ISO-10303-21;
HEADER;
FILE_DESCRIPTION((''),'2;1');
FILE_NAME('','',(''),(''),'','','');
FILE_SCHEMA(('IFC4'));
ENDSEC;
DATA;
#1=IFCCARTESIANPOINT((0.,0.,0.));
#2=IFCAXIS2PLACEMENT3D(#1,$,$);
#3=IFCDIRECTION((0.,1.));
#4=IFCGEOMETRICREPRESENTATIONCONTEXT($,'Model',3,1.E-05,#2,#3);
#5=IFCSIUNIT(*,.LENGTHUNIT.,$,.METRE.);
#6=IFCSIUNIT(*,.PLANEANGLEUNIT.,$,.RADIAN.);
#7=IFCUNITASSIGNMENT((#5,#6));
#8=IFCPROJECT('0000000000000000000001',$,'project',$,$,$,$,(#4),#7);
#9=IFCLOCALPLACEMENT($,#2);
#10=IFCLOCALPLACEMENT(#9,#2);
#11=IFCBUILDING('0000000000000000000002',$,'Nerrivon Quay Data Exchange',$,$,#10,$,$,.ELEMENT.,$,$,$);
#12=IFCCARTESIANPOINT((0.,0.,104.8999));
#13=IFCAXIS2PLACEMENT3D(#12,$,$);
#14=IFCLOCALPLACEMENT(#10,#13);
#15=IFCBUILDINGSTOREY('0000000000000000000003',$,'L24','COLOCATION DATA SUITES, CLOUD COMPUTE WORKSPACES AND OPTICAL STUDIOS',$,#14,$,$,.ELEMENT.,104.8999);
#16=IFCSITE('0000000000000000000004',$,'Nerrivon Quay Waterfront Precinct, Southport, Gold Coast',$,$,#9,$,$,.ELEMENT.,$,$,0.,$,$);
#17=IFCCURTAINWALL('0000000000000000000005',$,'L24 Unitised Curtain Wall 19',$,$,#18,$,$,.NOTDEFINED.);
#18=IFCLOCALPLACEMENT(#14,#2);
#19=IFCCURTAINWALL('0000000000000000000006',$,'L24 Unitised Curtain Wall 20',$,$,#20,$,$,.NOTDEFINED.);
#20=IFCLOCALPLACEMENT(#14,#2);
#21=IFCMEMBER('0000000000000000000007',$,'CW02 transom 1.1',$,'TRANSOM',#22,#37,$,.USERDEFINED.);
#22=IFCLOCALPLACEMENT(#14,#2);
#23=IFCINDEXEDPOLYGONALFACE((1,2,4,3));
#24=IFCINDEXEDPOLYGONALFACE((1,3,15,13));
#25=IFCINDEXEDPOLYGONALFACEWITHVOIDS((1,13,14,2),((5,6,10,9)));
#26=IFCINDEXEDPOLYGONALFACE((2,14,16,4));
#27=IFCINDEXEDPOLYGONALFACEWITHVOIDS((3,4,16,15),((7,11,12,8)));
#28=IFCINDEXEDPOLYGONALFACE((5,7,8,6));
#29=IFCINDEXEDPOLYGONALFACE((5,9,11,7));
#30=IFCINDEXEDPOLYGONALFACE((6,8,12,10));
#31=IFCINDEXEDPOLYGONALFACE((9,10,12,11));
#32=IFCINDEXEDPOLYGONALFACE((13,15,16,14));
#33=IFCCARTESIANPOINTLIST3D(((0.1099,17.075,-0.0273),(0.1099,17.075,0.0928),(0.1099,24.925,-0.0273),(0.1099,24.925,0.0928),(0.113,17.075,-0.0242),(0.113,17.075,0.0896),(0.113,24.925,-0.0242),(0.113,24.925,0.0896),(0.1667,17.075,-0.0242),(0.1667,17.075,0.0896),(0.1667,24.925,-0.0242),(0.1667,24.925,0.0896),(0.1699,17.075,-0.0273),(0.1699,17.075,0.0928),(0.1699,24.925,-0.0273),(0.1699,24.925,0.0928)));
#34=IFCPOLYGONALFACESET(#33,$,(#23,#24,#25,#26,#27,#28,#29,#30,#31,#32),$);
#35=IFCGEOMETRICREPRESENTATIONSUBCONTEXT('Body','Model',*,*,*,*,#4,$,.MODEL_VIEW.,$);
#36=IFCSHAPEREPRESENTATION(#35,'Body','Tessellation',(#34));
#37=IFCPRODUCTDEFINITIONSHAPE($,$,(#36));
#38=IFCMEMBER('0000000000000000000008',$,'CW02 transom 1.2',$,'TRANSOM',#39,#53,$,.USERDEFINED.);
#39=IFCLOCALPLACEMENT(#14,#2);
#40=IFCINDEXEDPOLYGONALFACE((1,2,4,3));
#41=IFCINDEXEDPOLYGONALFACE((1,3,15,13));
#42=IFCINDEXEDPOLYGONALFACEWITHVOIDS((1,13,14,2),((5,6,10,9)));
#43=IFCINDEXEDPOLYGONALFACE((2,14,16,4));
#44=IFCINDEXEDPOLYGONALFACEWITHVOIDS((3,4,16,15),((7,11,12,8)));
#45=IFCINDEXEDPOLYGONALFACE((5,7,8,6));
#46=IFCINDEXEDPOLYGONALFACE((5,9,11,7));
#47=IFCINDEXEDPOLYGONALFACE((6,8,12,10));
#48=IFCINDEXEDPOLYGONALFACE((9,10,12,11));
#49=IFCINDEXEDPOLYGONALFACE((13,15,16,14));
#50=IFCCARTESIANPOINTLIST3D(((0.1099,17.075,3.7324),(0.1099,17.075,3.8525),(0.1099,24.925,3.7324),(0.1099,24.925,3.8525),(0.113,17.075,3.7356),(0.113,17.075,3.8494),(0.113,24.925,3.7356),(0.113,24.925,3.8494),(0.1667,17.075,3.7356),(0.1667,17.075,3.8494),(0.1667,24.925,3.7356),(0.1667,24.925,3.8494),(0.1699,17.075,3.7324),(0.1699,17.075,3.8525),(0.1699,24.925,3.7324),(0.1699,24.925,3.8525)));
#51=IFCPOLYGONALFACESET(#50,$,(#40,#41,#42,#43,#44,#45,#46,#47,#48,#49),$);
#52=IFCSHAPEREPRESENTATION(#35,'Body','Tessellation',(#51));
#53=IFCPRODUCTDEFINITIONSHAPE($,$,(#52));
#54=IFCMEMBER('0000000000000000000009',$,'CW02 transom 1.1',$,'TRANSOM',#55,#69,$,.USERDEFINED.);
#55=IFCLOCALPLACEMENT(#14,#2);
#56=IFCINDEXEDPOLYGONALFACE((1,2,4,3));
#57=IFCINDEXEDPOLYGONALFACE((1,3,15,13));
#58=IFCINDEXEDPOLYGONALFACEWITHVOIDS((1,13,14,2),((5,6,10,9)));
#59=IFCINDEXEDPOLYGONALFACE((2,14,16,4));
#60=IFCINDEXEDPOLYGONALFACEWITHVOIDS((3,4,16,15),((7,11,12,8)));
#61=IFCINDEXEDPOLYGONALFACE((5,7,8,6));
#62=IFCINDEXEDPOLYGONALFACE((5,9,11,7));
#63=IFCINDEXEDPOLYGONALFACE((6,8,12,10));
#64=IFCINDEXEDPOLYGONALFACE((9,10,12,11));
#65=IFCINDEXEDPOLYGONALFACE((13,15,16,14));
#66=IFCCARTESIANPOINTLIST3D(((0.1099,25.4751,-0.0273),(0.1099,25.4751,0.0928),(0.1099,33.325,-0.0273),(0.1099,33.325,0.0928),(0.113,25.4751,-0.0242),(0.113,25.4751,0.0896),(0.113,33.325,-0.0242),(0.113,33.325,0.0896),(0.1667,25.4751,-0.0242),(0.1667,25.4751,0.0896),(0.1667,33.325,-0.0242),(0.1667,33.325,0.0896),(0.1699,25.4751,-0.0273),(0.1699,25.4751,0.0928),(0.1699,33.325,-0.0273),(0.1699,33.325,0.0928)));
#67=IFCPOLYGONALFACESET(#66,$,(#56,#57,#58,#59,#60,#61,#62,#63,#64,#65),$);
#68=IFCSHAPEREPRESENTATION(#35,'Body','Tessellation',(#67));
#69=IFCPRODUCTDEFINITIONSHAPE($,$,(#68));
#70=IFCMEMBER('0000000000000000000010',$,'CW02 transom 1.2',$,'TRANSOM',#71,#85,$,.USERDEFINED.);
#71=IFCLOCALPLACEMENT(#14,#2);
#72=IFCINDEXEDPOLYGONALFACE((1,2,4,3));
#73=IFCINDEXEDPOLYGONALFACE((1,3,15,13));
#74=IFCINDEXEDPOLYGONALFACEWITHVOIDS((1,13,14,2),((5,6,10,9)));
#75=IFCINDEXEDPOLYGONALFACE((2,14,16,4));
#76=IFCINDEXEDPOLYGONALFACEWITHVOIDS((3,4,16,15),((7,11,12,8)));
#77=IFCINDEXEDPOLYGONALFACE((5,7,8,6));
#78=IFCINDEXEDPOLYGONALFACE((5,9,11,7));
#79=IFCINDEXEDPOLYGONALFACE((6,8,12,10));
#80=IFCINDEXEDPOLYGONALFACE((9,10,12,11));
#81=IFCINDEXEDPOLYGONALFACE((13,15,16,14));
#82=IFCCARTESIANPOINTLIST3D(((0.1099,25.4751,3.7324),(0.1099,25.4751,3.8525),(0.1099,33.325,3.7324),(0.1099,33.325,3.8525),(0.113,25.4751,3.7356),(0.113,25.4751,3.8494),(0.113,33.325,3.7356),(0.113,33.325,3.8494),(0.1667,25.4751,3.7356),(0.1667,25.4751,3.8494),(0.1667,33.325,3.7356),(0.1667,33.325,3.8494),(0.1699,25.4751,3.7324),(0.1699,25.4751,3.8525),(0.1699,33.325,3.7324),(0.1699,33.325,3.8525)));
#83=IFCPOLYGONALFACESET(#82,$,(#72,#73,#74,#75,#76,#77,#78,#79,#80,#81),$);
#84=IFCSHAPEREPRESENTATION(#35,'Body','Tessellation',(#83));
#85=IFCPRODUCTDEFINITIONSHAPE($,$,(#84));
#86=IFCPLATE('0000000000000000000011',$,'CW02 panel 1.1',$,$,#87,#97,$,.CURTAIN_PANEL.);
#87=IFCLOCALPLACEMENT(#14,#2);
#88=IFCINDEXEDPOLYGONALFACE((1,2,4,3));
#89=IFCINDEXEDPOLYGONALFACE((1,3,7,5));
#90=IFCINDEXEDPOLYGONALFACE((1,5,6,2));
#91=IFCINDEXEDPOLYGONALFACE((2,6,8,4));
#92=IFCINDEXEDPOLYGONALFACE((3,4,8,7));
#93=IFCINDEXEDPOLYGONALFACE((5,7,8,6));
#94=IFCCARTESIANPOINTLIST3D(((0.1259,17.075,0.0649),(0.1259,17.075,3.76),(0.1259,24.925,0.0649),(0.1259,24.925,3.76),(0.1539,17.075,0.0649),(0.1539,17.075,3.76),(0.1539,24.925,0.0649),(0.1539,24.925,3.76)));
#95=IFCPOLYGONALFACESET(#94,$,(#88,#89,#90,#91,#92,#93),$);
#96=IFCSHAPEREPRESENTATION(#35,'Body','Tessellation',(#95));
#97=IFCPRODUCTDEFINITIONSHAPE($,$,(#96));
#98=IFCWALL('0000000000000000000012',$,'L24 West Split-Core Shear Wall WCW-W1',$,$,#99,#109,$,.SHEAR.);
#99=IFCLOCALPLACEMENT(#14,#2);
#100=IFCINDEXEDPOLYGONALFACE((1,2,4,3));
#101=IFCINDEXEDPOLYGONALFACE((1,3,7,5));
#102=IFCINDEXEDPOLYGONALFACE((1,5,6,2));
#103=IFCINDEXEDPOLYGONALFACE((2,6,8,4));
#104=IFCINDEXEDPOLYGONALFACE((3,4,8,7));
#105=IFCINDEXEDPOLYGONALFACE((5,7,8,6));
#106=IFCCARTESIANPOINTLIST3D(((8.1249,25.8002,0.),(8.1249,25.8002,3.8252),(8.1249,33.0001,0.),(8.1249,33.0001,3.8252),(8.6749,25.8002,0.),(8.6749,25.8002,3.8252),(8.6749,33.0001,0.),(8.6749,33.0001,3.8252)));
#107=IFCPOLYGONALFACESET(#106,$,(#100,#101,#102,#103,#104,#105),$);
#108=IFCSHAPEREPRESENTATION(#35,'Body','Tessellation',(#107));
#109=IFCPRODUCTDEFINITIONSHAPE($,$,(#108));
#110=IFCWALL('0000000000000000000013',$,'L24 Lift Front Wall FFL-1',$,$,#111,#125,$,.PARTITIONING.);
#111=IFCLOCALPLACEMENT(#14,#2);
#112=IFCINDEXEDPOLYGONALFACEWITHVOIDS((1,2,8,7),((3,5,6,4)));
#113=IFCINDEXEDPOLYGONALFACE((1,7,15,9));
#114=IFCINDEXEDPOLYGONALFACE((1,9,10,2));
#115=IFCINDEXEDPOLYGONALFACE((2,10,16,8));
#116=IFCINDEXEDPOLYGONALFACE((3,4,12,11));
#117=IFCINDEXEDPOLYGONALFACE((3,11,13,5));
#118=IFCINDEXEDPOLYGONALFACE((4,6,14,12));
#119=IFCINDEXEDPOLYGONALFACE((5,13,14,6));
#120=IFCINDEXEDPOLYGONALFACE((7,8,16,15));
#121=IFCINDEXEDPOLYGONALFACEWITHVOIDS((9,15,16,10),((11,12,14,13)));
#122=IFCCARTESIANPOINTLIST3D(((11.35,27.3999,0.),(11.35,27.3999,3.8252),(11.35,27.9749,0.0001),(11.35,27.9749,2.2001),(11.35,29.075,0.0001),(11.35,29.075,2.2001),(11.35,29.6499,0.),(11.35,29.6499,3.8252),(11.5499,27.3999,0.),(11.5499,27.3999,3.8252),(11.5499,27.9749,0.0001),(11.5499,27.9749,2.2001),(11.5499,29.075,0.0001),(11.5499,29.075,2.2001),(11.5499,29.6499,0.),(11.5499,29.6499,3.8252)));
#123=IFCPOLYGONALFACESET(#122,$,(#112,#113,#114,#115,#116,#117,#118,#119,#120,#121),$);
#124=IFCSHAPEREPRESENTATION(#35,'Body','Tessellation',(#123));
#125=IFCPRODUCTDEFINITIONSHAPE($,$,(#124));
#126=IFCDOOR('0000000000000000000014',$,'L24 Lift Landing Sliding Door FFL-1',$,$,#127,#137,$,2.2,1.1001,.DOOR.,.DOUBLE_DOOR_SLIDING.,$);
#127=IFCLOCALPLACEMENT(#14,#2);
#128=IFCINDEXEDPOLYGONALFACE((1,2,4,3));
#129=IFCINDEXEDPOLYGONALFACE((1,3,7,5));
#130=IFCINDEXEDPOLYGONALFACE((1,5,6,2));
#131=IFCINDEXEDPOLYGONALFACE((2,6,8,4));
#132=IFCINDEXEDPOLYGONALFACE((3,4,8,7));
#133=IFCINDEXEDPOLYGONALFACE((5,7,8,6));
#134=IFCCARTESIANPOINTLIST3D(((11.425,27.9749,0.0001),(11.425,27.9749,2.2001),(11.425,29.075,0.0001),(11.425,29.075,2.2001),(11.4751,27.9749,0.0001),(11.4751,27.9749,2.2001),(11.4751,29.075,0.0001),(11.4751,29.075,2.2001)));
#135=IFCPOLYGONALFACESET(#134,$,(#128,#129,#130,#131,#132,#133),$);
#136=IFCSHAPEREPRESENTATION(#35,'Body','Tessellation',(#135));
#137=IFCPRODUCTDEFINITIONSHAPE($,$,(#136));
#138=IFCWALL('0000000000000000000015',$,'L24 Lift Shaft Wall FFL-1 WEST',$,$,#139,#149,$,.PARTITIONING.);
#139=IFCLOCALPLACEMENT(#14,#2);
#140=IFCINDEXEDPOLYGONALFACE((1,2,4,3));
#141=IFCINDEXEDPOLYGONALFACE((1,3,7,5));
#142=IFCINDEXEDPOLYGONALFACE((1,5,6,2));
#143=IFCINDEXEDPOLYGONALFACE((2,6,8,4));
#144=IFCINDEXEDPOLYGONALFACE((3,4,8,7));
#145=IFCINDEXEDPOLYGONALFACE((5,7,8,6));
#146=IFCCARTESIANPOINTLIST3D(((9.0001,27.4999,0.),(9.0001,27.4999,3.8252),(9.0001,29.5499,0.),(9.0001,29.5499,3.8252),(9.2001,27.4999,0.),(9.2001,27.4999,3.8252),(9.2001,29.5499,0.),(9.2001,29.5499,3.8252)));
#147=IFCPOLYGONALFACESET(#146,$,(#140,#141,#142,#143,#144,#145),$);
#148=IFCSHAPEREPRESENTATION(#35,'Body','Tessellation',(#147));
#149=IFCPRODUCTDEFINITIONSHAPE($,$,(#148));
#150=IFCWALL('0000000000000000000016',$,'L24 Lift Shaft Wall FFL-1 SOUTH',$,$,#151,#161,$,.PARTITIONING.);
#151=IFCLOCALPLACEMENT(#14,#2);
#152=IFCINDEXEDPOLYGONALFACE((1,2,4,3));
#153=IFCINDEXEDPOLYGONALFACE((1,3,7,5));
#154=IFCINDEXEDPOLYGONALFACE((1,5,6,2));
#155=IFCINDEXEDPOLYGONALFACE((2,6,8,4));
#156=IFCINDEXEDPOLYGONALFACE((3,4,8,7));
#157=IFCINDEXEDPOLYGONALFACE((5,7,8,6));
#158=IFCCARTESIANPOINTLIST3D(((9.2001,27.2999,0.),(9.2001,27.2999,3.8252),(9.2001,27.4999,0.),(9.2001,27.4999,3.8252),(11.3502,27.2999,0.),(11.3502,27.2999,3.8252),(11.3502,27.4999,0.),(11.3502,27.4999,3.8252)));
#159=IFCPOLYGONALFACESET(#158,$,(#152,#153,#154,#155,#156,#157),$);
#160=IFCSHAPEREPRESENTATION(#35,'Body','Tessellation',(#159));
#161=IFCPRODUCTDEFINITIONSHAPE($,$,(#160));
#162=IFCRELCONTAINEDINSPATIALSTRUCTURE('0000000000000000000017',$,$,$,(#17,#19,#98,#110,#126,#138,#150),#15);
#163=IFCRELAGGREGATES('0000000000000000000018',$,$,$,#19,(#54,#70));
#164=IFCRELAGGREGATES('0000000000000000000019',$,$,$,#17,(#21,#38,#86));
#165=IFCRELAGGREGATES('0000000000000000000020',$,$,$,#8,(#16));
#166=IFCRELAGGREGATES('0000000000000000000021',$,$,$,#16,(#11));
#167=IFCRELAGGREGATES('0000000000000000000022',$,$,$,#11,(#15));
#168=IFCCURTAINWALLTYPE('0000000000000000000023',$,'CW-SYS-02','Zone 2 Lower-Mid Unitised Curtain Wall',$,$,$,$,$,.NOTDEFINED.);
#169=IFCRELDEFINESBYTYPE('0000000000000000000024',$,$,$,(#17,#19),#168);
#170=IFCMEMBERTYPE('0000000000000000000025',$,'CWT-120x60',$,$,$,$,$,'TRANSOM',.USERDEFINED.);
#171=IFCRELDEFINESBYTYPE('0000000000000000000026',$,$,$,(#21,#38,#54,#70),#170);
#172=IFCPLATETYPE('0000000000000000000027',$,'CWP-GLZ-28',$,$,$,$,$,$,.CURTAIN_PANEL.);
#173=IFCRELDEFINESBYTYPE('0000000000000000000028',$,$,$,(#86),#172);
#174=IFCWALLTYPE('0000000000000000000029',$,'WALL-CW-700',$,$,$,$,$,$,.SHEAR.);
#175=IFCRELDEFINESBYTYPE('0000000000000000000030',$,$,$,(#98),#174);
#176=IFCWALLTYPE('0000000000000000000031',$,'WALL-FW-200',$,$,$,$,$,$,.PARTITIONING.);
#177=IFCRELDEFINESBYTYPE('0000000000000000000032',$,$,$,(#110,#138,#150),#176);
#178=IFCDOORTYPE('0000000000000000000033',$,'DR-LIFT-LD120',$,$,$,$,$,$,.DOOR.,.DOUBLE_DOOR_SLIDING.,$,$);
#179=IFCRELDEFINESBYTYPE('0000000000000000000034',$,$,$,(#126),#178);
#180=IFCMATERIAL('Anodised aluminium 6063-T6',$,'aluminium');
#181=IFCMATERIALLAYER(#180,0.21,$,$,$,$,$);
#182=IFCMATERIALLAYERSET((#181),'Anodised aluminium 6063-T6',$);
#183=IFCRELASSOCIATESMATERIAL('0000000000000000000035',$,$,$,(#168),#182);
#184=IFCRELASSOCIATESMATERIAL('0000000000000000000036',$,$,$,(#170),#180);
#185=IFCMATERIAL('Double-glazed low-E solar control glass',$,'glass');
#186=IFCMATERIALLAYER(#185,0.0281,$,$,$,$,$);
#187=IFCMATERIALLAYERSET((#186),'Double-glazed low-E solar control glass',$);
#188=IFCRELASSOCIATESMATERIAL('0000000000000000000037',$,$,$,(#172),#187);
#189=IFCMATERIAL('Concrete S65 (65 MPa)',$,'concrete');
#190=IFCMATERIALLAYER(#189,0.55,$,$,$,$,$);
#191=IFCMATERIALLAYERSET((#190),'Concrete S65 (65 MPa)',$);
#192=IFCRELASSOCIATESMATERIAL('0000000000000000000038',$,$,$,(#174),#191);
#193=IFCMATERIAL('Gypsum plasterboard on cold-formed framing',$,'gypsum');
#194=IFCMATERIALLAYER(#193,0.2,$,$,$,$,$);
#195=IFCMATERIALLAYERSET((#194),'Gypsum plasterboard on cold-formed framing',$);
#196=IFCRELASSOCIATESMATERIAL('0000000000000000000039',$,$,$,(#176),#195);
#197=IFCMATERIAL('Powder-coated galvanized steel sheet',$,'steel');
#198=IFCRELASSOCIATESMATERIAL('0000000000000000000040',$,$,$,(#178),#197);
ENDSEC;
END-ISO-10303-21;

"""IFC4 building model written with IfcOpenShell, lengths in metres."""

from ifc_helpers import new_model, si_unit, direction, frame, frame_2d, origin, origin_2d, place, context, subcontext, project, spatial, rectangle, hollow_rectangle, extrude, material, layer, layer_set, material_profile, profile_set, type_object, element, fill, aggregate, save


model = new_model("IFC4")

# Units and contexts
model_context = context("Model", 3, precision=1e-05, world=origin(), true_north=direction((0.0, 1.0)))
body_context = subcontext(model_context, "Body", "Model", "MODEL_VIEW")
ifc_project = project(units=[si_unit("LENGTHUNIT", "METRE"), si_unit("PLANEANGLEUNIT", "RADIAN")], contexts=[model_context])

# Site, building, storey
site_placement = place(None, origin())
site = spatial("IfcSite", under=ifc_project, at=site_placement, Name="Nerrivon Quay Waterfront Precinct, Southport, Gold Coast", CompositionType="ELEMENT", RefElevation=0.0)
building_placement = place(site_placement, origin())
building = spatial("IfcBuilding", under=site, at=building_placement, Name="Nerrivon Quay Data Exchange", CompositionType="ELEMENT")
storey_placement = place(building_placement, frame((0.0, 0.0, 104.8999)))
storey = spatial("IfcBuildingStorey", under=building, at=storey_placement, Name="L24", Description="COLOCATION DATA SUITES, CLOUD COMPUTE WORKSPACES AND OPTICAL STUDIOS", CompositionType="ELEMENT", Elevation=104.8999)

# Shared definitions
ifc_material_1 = material(Name="Concrete S65 (65 MPa)", Category="concrete")

# Curtain walls
ifc_material_2 = material(Name="Anodised aluminium 6063-T6", Category="aluminium")
ifc_layer_1 = layer(ifc_material_2, 0.21)
ifc_layer_set_1 = layer_set([ifc_layer_1], Name="Anodised aluminium 6063-T6")
curtain_wall_type = type_object("IfcCurtainWallType", Name="CW-SYS-02", Description="Zone 2 Lower-Mid Unitised Curtain Wall", PredefinedType="NOTDEFINED", material=ifc_layer_set_1)
curtain_wall_1_placement = place(storey_placement, origin())
curtain_wall_1 = element("IfcCurtainWall", 1, at=curtain_wall_1_placement, inside=storey, type_object=curtain_wall_type, Name="L24 Unitised Curtain Wall 19", PredefinedType="NOTDEFINED")
curtain_wall_2_placement = place(storey_placement, origin())
curtain_wall_2 = element("IfcCurtainWall", 2, at=curtain_wall_2_placement, inside=storey, type_object=curtain_wall_type, Name="L24 Unitised Curtain Wall 20", PredefinedType="NOTDEFINED")

# Members
ifc_material_profile_1 = material_profile(ifc_material_2, hollow_rectangle(XDim=0.0601, YDim=0.1201, WallThickness=0.0032, at=origin_2d()), Name="ALU-TRAN-120x60")
ifc_profile_set_1 = profile_set([ifc_material_profile_1], Name="Anodised aluminium 6063-T6")
member_type_1 = type_object("IfcMemberType", Name="CWT-120x60", ElementType="TRANSOM", PredefinedType="USERDEFINED", material=ifc_profile_set_1)
member_1_placement = place(storey_placement, frame((0.1399, 17.075, 0.0327), z_axis=(0.0, 1.0, 0.0), x_axis=(-1.0, 0.0, 0.0)))
member_1 = element("IfcMember", 3, at=member_1_placement, type_object=member_type_1, Name="CW02 transom 1.1", ObjectType="TRANSOM", PredefinedType="USERDEFINED", context=body_context, shape_type="SweptSolid", body=[
    extrude(hollow_rectangle(XDim=0.0601, YDim=0.1201, WallThickness=0.0032, at=origin_2d()), origin(), (0.0, 0.0, 1.0), 7.8501),
])
member_2_placement = place(storey_placement, frame((0.1399, 17.075, 3.7925), z_axis=(0.0, 1.0, 0.0), x_axis=(-1.0, 0.0, 0.0)))
member_2 = element("IfcMember", 4, at=member_2_placement, type_object=member_type_1, Name="CW02 transom 1.2", ObjectType="TRANSOM", PredefinedType="USERDEFINED", context=body_context, shape_type="SweptSolid", body=[
    extrude(hollow_rectangle(XDim=0.0601, YDim=0.1201, WallThickness=0.0032, at=origin_2d()), origin(), (0.0, 0.0, 1.0), 7.8501),
])
member_3_placement = place(storey_placement, frame((0.1399, 25.4751, 0.0327), z_axis=(0.0, 1.0, 0.0), x_axis=(-1.0, 0.0, 0.0)))
member_3 = element("IfcMember", 5, at=member_3_placement, type_object=member_type_1, Name="CW02 transom 1.1", ObjectType="TRANSOM", PredefinedType="USERDEFINED", context=body_context, shape_type="SweptSolid", body=[
    extrude(hollow_rectangle(XDim=0.0601, YDim=0.1201, WallThickness=0.0032, at=origin_2d()), origin(), (0.0, 0.0, 1.0), 7.8499),
])
member_4_placement = place(storey_placement, frame((0.1399, 25.4751, 3.7925), z_axis=(0.0, 1.0, 0.0), x_axis=(-1.0, 0.0, 0.0)))
member_4 = element("IfcMember", 6, at=member_4_placement, type_object=member_type_1, Name="CW02 transom 1.2", ObjectType="TRANSOM", PredefinedType="USERDEFINED", context=body_context, shape_type="SweptSolid", body=[
    extrude(hollow_rectangle(XDim=0.0601, YDim=0.1201, WallThickness=0.0032, at=origin_2d()), origin(), (0.0, 0.0, 1.0), 7.8499),
])
aggregate(curtain_wall_2, [member_3, member_4])

# Plate
ifc_material_3 = material(Name="Double-glazed low-E solar control glass", Category="glass")
ifc_layer_2 = layer(ifc_material_3, 0.0281)
ifc_layer_set_2 = layer_set([ifc_layer_2], Name="Double-glazed low-E solar control glass")
plate_type = type_object("IfcPlateType", Name="CWP-GLZ-28", PredefinedType="CURTAIN_PANEL", material=ifc_layer_set_2)
plate_placement = place(storey_placement, frame((0.1399, 21.0, 0.0649), z_axis=(0.0, 0.0, 1.0), x_axis=(0.0, 1.0, 0.0)))
plate = element("IfcPlate", 7, at=plate_placement, type_object=plate_type, Name="CW02 panel 1.1", PredefinedType="CURTAIN_PANEL", context=body_context, shape_type="SweptSolid", body=[
    extrude(rectangle(XDim=7.8501, YDim=0.0281, at=origin_2d()), origin(), (0.0, 0.0, 1.0), 3.6951),
])
aggregate(curtain_wall_1, [member_1, member_2, plate])

# Wall
ifc_layer_3 = layer(ifc_material_1, 0.55)
ifc_layer_set_3 = layer_set([ifc_layer_3], Name="Concrete S65 (65 MPa)")
wall_type_1 = type_object("IfcWallType", Name="WALL-CW-700", PredefinedType="SHEAR", material=ifc_layer_set_3)
wall_1_placement = place(storey_placement, frame((8.3999, 25.8, 0.0), z_axis=(0.0, 0.0, 1.0), x_axis=(0.0, 1.0, 0.0)))
element("IfcWall", 8, at=wall_1_placement, inside=storey, type_object=wall_type_1, Name="L24 West Split-Core Shear Wall WCW-W1", PredefinedType="SHEAR", context=body_context, shape_type="SweptSolid", body=[
    extrude(rectangle(XDim=7.2, YDim=0.55, at=frame_2d((3.6001, 0.0))), origin(), (0.0, 0.0, 1.0), 3.8252),
])

# Wall, opening, door
ifc_material_4 = material(Name="Powder-coated galvanized steel sheet", Category="steel")
ifc_material_5 = material(Name="Gypsum plasterboard on cold-formed framing", Category="gypsum")
ifc_layer_4 = layer(ifc_material_5, 0.2)
ifc_layer_set_4 = layer_set([ifc_layer_4], Name="Gypsum plasterboard on cold-formed framing")
wall_type_2 = type_object("IfcWallType", Name="WALL-FW-200", PredefinedType="PARTITIONING", material=ifc_layer_set_4)
wall_2_placement = place(storey_placement, frame((11.45, 27.3999, 0.0), z_axis=(0.0, 0.0, 1.0), x_axis=(0.0, 1.0, 0.0)))
wall_2 = element("IfcWall", 9, at=wall_2_placement, inside=storey, type_object=wall_type_2, Name="L24 Lift Front Wall FFL-1", PredefinedType="PARTITIONING", context=body_context, shape_type="SweptSolid", body=[
    extrude(rectangle(XDim=2.25, YDim=0.2, at=frame_2d((1.125, 0.0))), origin(), (0.0, 0.0, 1.0), 3.8252),
])
opening_1_placement = place(wall_2_placement, frame((0.575, 0.0, 0.0)))
opening_1 = element("IfcOpeningElement", 10, at=opening_1_placement, cuts=wall_2, PredefinedType="OPENING", context=body_context, shape_type="SweptSolid", body=[
    extrude(rectangle(XDim=1.1001, YDim=2.2, at=frame_2d((0.55, 1.1001))), frame((0.0, 0.1099, 0.0), z_axis=(0.0, -1.0, 0.0), x_axis=(1.0, 0.0, 0.0)), (0.0, 0.0, 1.0), 0.22),
])
door_type_1 = type_object("IfcDoorType", Name="DR-LIFT-LD120", OperationType="DOUBLE_DOOR_SLIDING", PredefinedType="DOOR", material=ifc_material_4)
door_1_placement = place(opening_1_placement, origin())
door_1 = element("IfcDoor", 11, at=door_1_placement, inside=storey, type_object=door_type_1, Name="L24 Lift Landing Sliding Door FFL-1", OperationType="DOUBLE_DOOR_SLIDING", OverallHeight=2.2, OverallWidth=1.1001, PredefinedType="DOOR", context=body_context, shape_type="SweptSolid", body=[
    extrude(rectangle(XDim=1.1001, YDim=2.2, at=frame_2d((0.55, 1.1001))), frame((0.0, 0.0249, 0.0), z_axis=(0.0, -1.0, 0.0), x_axis=(1.0, 0.0, 0.0)), (0.0, 0.0, 1.0), 0.05),
])
fill(opening_1, door_1)

# Walls
wall_3_placement = place(storey_placement, frame((9.1001, 27.5, 0.0), z_axis=(0.0, 0.0, 1.0), x_axis=(0.0, 1.0, 0.0)))
element("IfcWall", 12, at=wall_3_placement, inside=storey, type_object=wall_type_2, Name="L24 Lift Shaft Wall FFL-1 WEST", PredefinedType="PARTITIONING", context=body_context, shape_type="SweptSolid", body=[
    extrude(rectangle(XDim=2.05, YDim=0.2, at=frame_2d((1.0249, 0.0))), origin(), (0.0, 0.0, 1.0), 3.8252),
])
wall_4_placement = place(storey_placement, frame((9.2, 27.3999, 0.0), z_axis=(0.0, 0.0, 1.0), x_axis=(1.0, 0.0, 0.0)))
element("IfcWall", 13, at=wall_4_placement, inside=storey, type_object=wall_type_2, Name="L24 Lift Shaft Wall FFL-1 SOUTH", PredefinedType="PARTITIONING", context=body_context, shape_type="SweptSolid", body=[
    extrude(rectangle(XDim=2.1501, YDim=0.2, at=frame_2d((1.0752, 0.0))), origin(), (0.0, 0.0, 1.0), 3.8252),
])

save(model, "model.ifc")
